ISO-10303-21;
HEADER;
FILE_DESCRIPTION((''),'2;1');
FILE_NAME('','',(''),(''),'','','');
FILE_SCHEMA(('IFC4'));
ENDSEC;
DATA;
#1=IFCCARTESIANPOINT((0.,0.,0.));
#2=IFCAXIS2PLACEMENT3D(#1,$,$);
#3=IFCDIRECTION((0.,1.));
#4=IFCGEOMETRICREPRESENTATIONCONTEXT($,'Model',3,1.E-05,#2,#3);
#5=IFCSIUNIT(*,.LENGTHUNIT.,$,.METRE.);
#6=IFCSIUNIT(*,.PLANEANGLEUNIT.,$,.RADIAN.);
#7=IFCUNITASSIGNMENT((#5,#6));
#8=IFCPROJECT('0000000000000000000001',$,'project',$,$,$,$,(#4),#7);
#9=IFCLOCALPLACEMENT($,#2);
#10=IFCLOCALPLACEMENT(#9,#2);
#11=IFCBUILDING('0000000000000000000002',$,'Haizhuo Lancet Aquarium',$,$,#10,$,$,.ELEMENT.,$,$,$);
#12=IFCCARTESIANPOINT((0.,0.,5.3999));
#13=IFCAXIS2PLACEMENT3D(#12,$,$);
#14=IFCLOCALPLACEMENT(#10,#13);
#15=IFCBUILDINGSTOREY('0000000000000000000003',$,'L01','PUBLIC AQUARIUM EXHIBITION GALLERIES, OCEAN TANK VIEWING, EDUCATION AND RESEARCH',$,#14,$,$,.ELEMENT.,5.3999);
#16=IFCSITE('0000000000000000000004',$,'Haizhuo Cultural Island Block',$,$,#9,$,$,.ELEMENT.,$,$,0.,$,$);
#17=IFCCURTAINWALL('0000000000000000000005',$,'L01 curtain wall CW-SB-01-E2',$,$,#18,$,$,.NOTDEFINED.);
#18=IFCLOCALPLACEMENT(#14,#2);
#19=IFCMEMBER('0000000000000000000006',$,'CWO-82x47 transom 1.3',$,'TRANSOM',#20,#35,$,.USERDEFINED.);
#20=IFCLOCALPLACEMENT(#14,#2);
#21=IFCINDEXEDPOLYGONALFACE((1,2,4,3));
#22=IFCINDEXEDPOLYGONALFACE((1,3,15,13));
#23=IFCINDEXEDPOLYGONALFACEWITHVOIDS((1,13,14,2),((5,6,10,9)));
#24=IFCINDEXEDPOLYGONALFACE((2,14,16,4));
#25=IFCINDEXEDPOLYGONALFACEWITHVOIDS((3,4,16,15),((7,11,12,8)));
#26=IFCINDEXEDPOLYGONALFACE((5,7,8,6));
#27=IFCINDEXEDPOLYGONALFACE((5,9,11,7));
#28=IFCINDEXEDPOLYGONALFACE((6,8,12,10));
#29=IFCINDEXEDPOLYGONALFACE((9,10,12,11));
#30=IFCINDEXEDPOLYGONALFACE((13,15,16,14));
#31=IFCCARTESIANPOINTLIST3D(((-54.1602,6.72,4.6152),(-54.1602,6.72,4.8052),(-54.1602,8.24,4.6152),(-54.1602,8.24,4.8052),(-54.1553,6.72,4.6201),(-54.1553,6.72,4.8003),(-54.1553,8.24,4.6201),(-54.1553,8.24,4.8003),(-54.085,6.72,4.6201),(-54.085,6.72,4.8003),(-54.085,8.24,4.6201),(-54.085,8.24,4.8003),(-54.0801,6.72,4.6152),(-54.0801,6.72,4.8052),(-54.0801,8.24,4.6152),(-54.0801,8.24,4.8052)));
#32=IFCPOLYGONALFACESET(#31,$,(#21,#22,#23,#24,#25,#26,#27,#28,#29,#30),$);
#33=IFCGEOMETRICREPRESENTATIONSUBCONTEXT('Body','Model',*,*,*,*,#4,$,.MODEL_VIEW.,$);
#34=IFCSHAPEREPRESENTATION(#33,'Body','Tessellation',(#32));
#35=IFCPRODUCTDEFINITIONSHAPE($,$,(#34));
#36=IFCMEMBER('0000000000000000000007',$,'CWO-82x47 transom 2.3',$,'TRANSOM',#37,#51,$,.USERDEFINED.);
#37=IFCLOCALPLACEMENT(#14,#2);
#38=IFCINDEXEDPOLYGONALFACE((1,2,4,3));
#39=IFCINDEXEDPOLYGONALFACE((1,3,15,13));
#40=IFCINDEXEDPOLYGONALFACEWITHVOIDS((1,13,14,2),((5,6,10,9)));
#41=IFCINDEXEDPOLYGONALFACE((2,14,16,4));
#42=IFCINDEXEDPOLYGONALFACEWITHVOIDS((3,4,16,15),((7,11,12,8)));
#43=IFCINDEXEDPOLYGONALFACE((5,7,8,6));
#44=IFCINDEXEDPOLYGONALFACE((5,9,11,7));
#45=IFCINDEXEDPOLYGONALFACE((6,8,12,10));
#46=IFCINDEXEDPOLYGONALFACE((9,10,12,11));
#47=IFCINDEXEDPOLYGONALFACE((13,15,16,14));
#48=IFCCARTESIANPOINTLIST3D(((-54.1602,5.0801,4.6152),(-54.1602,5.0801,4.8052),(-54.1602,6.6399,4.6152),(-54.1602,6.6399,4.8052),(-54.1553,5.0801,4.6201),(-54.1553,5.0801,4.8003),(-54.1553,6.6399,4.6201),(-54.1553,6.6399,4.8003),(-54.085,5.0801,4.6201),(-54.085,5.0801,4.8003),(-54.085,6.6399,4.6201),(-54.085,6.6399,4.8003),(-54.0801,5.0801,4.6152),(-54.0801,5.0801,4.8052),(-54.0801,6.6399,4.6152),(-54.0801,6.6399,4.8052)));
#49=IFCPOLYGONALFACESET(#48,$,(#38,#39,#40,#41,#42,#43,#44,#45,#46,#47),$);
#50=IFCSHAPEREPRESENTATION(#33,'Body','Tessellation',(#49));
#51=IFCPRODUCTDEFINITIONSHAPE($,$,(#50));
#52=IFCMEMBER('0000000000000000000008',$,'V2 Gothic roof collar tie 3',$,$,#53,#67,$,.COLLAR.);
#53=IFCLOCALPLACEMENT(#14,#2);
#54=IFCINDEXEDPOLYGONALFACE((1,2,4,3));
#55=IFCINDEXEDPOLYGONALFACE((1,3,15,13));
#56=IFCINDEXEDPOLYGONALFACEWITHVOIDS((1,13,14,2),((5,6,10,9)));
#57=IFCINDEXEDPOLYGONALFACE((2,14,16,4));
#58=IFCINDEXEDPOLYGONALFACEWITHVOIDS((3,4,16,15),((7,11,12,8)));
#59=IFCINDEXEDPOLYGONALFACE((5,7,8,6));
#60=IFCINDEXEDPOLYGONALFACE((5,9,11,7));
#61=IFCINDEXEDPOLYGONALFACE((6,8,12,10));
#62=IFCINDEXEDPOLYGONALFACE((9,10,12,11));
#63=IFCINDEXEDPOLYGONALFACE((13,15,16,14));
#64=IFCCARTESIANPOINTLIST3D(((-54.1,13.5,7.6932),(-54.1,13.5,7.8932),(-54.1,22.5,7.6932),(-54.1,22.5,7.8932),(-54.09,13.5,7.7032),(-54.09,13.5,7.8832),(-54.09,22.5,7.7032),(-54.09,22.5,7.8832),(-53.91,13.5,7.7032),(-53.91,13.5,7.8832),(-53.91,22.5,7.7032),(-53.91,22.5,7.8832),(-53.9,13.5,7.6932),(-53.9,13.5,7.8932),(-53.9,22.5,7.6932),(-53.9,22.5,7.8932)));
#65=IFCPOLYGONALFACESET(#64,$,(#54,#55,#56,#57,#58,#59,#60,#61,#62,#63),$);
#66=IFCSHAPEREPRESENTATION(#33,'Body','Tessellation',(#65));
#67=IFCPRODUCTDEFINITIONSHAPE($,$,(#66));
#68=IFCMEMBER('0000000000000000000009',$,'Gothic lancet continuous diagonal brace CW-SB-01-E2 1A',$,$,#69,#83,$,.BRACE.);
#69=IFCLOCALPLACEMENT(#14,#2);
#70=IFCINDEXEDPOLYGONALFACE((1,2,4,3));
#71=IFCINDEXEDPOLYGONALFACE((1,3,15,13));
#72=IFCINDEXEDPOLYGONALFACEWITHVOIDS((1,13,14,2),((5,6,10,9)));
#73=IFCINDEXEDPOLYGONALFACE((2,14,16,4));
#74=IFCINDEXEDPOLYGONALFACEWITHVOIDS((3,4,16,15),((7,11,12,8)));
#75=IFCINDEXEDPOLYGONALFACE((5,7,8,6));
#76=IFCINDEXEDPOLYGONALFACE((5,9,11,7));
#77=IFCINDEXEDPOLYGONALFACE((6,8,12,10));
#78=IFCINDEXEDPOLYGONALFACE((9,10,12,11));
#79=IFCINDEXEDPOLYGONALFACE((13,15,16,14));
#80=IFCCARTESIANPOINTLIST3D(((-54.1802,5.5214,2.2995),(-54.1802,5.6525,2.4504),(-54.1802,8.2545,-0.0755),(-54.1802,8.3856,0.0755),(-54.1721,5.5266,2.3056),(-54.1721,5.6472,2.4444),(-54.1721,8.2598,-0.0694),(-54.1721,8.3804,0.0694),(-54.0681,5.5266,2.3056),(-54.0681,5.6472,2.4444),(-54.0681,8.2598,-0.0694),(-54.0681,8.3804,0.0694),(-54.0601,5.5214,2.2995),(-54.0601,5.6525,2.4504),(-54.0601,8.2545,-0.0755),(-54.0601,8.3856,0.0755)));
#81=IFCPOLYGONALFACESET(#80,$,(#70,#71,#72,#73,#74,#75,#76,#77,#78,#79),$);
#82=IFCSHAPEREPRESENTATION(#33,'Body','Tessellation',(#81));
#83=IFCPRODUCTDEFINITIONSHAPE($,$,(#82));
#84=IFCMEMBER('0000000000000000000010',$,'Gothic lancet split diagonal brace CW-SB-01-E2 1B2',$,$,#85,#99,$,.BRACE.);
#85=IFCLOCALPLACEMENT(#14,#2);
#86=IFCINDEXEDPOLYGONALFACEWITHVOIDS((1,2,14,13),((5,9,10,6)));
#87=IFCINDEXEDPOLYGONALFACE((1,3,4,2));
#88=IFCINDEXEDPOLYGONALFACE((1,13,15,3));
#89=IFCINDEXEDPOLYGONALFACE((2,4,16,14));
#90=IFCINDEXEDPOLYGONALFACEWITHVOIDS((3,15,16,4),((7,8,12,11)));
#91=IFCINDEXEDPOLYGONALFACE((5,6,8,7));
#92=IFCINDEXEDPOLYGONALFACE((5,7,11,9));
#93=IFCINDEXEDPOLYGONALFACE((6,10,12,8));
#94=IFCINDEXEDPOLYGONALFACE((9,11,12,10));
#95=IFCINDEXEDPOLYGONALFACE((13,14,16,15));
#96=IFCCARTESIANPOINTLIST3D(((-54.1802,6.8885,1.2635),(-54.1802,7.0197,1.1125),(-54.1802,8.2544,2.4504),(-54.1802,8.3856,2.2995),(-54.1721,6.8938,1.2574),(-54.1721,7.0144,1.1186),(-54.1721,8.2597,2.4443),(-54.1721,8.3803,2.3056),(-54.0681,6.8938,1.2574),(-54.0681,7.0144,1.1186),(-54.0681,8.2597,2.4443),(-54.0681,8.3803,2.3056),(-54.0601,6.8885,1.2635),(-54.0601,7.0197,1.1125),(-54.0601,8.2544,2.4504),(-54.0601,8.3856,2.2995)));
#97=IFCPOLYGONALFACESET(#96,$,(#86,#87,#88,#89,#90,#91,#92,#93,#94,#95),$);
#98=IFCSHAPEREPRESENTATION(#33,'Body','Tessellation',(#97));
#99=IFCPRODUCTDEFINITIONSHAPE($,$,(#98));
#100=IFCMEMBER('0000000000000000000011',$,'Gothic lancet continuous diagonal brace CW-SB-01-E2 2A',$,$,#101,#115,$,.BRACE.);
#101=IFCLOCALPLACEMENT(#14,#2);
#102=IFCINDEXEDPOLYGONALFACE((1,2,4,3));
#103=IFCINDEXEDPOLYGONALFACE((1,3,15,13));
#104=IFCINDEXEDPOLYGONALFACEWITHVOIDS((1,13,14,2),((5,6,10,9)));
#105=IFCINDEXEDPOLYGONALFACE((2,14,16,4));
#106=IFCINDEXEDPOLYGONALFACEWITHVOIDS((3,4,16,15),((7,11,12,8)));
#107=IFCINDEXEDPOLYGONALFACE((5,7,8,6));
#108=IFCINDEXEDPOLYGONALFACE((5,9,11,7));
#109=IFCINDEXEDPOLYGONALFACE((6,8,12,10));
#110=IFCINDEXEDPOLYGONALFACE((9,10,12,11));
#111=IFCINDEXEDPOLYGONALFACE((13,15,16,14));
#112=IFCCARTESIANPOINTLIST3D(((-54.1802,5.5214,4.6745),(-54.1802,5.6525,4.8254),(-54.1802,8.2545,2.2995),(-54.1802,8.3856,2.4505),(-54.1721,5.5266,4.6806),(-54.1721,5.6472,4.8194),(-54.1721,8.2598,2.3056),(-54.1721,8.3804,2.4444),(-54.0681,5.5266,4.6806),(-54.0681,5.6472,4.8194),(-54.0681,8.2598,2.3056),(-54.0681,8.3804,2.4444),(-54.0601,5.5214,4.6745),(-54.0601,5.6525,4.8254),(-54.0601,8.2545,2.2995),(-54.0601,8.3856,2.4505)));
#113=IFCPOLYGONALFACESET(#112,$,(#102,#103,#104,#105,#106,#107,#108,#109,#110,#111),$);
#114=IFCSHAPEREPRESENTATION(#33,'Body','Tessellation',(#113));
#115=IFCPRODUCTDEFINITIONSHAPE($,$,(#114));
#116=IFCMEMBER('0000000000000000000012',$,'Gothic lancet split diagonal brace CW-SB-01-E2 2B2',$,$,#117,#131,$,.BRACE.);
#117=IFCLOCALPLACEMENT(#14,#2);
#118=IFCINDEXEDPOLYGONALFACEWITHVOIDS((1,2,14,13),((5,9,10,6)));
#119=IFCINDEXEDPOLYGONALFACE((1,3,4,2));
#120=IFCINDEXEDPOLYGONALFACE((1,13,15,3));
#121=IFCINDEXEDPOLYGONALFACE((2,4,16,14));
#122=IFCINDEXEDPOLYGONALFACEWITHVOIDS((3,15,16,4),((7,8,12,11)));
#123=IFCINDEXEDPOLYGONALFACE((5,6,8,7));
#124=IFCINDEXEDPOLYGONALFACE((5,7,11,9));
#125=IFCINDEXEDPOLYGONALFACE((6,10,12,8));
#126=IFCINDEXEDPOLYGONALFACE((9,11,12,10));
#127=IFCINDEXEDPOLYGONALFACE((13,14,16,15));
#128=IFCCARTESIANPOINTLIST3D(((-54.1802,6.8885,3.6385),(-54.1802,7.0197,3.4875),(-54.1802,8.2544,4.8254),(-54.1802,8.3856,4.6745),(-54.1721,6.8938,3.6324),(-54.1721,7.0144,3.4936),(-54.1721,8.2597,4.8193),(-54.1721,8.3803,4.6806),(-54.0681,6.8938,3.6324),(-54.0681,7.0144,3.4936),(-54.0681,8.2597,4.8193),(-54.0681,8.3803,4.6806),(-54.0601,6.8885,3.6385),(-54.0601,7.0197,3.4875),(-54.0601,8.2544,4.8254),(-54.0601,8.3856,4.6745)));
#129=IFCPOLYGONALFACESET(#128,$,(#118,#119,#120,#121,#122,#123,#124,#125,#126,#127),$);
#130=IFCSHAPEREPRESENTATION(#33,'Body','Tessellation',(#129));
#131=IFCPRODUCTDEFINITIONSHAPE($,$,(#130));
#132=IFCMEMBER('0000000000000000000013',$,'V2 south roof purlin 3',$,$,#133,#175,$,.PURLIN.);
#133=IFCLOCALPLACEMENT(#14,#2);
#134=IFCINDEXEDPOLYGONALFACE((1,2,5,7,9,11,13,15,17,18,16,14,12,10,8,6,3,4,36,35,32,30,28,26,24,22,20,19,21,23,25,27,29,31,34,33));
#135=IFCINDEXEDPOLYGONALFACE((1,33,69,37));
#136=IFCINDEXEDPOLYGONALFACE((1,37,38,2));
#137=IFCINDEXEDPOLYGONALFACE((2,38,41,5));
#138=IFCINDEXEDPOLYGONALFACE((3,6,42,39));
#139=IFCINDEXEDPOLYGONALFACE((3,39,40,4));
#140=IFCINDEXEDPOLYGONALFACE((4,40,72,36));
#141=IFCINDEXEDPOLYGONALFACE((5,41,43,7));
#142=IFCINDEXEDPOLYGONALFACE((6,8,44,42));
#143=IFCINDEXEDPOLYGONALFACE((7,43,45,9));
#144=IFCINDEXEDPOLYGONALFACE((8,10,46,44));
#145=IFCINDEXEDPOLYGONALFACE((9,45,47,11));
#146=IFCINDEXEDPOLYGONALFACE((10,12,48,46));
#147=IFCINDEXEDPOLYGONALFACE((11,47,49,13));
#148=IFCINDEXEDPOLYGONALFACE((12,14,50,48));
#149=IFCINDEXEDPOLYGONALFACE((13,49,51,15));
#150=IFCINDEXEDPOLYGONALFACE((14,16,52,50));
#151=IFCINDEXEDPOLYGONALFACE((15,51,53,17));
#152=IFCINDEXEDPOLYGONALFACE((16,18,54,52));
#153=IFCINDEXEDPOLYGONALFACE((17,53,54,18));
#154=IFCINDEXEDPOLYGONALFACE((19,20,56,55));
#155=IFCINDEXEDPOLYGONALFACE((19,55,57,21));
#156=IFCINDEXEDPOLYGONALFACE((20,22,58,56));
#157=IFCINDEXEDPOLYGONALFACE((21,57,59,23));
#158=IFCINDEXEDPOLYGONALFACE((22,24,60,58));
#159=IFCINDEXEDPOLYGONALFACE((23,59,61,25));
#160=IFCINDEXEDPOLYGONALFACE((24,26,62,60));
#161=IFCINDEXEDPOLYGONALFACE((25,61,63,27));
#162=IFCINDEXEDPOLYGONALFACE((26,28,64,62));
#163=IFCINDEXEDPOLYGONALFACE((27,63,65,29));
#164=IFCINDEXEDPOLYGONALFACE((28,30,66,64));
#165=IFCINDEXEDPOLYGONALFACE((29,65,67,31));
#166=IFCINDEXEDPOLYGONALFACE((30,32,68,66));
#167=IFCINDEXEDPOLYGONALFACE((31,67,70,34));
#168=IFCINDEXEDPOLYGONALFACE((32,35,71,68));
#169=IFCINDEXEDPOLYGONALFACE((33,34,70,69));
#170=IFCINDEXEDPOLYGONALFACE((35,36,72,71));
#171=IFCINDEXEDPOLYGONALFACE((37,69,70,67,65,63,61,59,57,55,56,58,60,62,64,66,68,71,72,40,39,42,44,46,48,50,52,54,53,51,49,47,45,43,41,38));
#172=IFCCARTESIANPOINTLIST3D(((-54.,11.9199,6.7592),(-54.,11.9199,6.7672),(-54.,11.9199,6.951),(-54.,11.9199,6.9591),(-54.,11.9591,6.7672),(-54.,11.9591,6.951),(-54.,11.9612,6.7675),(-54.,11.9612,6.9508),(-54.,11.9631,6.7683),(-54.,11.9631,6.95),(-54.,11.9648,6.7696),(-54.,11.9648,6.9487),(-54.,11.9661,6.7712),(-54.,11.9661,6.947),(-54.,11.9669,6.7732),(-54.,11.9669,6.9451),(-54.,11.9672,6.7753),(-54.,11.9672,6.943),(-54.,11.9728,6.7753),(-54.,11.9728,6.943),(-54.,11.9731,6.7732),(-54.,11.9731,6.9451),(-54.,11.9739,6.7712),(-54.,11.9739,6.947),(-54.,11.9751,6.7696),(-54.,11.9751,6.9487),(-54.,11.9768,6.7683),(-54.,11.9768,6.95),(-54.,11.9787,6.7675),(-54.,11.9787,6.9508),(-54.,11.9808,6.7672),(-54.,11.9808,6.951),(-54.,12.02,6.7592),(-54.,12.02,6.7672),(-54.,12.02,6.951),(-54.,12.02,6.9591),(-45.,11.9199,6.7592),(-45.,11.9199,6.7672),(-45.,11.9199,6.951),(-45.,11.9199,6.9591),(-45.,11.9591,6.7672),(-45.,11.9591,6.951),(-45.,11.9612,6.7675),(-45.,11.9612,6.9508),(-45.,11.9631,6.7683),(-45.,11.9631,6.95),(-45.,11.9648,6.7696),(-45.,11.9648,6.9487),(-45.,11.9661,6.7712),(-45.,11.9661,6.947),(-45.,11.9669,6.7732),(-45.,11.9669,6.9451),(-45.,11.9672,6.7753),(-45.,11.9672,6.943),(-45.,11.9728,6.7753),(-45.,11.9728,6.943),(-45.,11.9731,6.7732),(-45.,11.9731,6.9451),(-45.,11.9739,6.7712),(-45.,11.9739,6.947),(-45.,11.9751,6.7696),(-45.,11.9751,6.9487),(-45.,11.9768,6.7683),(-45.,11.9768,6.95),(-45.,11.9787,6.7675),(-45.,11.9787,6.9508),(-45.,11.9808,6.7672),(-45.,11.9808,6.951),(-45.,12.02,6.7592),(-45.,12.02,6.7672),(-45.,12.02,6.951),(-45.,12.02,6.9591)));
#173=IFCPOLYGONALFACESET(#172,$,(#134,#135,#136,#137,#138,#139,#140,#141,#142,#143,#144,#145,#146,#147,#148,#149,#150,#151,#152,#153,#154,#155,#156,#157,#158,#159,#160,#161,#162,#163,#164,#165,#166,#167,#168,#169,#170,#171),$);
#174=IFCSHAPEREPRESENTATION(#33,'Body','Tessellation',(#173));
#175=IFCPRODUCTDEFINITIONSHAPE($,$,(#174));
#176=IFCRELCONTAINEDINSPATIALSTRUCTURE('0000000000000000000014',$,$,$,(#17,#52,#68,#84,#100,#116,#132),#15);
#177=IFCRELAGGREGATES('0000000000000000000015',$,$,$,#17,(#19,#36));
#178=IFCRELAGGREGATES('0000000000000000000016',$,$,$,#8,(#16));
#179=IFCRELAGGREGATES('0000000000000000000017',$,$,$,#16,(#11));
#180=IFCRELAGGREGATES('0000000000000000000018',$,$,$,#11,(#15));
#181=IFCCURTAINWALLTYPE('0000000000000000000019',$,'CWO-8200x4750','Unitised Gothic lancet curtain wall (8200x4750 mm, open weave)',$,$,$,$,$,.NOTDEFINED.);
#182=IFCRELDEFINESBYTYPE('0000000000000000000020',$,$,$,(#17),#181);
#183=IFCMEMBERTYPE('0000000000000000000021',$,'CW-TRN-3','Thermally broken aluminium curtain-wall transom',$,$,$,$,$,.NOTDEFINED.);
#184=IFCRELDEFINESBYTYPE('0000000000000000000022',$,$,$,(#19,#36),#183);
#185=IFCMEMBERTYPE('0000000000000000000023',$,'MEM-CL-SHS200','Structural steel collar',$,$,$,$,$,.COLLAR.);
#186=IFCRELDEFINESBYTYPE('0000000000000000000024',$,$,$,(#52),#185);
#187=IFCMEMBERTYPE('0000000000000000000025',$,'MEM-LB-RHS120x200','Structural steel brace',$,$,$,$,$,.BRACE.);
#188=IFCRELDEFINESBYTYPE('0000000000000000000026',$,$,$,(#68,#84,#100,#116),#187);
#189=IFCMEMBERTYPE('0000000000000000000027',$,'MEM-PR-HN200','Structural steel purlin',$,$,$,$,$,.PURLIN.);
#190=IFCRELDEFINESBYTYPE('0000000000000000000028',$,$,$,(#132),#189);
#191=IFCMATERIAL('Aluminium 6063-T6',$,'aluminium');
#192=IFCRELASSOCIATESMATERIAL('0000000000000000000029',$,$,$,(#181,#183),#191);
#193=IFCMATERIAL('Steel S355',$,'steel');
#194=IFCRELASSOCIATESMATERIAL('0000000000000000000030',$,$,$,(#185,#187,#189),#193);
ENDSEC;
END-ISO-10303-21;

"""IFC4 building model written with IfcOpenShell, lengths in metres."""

from ifc_helpers import new_model, si_unit, direction, frame, origin, origin_2d, place, context, subcontext, project, spatial, hollow_rectangle, i_section, extrude, material, material_profile, profile_set, type_object, element, aggregate, save


model = new_model("IFC4")

# Units and contexts
model_context = context("Model", 3, precision=1e-05, world=origin(), true_north=direction((0.0, 1.0)))
body_context = subcontext(model_context, "Body", "Model", "MODEL_VIEW")
ifc_project = project(units=[si_unit("LENGTHUNIT", "METRE"), si_unit("PLANEANGLEUNIT", "RADIAN")], contexts=[model_context])

# Site, building, storey
site_placement = place(None, origin())
site = spatial("IfcSite", under=ifc_project, at=site_placement, Name="Haizhuo Cultural Island Block", CompositionType="ELEMENT", RefElevation=0.0)
building_placement = place(site_placement, origin())
building = spatial("IfcBuilding", under=site, at=building_placement, Name="Haizhuo Lancet Aquarium", CompositionType="ELEMENT")
storey_placement = place(building_placement, frame((0.0, 0.0, 5.3999)))
storey = spatial("IfcBuildingStorey", under=building, at=storey_placement, Name="L01", Description="PUBLIC AQUARIUM EXHIBITION GALLERIES, OCEAN TANK VIEWING, EDUCATION AND RESEARCH", CompositionType="ELEMENT", Elevation=5.3999)

# Shared definitions
ifc_material_1 = material(Name="Steel S355", Category="steel")

# Curtain wall, members
ifc_material_2 = material(Name="Aluminium 6063-T6", Category="aluminium")
curtain_wall_type = type_object("IfcCurtainWallType", Name="CWO-8200x4750", Description="Unitised Gothic lancet curtain wall (8200x4750 mm, open weave)", PredefinedType="NOTDEFINED", material=ifc_material_2)
curtain_wall_placement = place(storey_placement, origin())
curtain_wall = element("IfcCurtainWall", 1, at=curtain_wall_placement, inside=storey, type_object=curtain_wall_type, Name="L01 curtain wall CW-SB-01-E2", PredefinedType="NOTDEFINED")
ifc_material_profile_1 = material_profile(ifc_material_2, hollow_rectangle(XDim=0.0801, YDim=0.1899, WallThickness=0.0049, at=origin_2d()), Name="ALU-T 80x190x5")
ifc_profile_set_1 = profile_set([ifc_material_profile_1], Name="Aluminium 6063-T6")
member_type_1 = type_object("IfcMemberType", Name="CW-TRN-3", Description="Thermally broken aluminium curtain-wall transom", PredefinedType="NOTDEFINED", material=ifc_profile_set_1)
member_1_placement = place(storey_placement, frame((-54.1201, 8.24, 4.7102), z_axis=(0.0, -1.0, 0.0), x_axis=(1.0, 0.0, 0.0)))
member_1 = element("IfcMember", 2, at=member_1_placement, type_object=member_type_1, Name="CWO-82x47 transom 1.3", ObjectType="TRANSOM", PredefinedType="USERDEFINED", context=body_context, shape_type="SweptSolid", body=[
    extrude(hollow_rectangle(XDim=0.0801, YDim=0.1899, WallThickness=0.0049, at=origin_2d()), origin(), (0.0, 0.0, 1.0), 1.52),
])
member_2_placement = place(storey_placement, frame((-54.1201, 6.6399, 4.7102), z_axis=(0.0, -1.0, 0.0), x_axis=(1.0, 0.0, 0.0)))
member_2 = element("IfcMember", 3, at=member_2_placement, type_object=member_type_1, Name="CWO-82x47 transom 2.3", ObjectType="TRANSOM", PredefinedType="USERDEFINED", context=body_context, shape_type="SweptSolid", body=[
    extrude(hollow_rectangle(XDim=0.0801, YDim=0.1899, WallThickness=0.0049, at=origin_2d()), origin(), (0.0, 0.0, 1.0), 1.5598),
])

# Members
ifc_material_profile_2 = material_profile(ifc_material_1, hollow_rectangle(XDim=0.2, YDim=0.2, WallThickness=0.01, at=origin_2d()), Name="SHS 200x200x10")
ifc_profile_set_2 = profile_set([ifc_material_profile_2], Name="Steel S355")
member_type_2 = type_object("IfcMemberType", Name="MEM-CL-SHS200", Description="Structural steel collar", PredefinedType="COLLAR", material=ifc_profile_set_2)
member_3_placement = place(storey_placement, frame((-54.0, 13.5, 7.7932), z_axis=(0.0, 1.0, 0.0), x_axis=(-1.0, 0.0, 0.0)))
element("IfcMember", 4, at=member_3_placement, inside=storey, type_object=member_type_2, Name="V2 Gothic roof collar tie 3", PredefinedType="COLLAR", context=body_context, shape_type="SweptSolid", body=[
    extrude(hollow_rectangle(XDim=0.2, YDim=0.2, WallThickness=0.01, at=origin_2d()), origin(), (0.0, 0.0, 1.0), 9.0),
])
ifc_material_profile_3 = material_profile(ifc_material_1, hollow_rectangle(XDim=0.1201, YDim=0.2, WallThickness=0.0081, at=origin_2d()), Name="RHS 120x200x8")
ifc_profile_set_3 = profile_set([ifc_material_profile_3], Name="Steel S355")
member_type_3 = type_object("IfcMemberType", Name="MEM-LB-RHS120x200", Description="Structural steel brace", PredefinedType="BRACE", material=ifc_profile_set_3)
member_4_placement = place(storey_placement, frame((-54.1201, 8.3201, 0.0), z_axis=(0.0, -0.754832, 0.655918), x_axis=(1.0, 0.0, 0.0)))
element("IfcMember", 5, at=member_4_placement, inside=storey, type_object=member_type_3, Name="Gothic lancet continuous diagonal brace CW-SB-01-E2 1A", PredefinedType="BRACE", context=body_context, shape_type="SweptSolid", body=[
    extrude(hollow_rectangle(XDim=0.1201, YDim=0.2, WallThickness=0.0081, at=origin_2d()), origin(), (0.0, 0.0, 1.0), 3.6208),
])
member_5_placement = place(storey_placement, frame((-54.1201, 6.9541, 1.188), z_axis=(0.0, 0.75482, 0.655932), x_axis=(-1.0, 0.0, 0.0)))
element("IfcMember", 6, at=member_5_placement, inside=storey, type_object=member_type_3, Name="Gothic lancet split diagonal brace CW-SB-01-E2 1B2", PredefinedType="BRACE", context=body_context, shape_type="SweptSolid", body=[
    extrude(hollow_rectangle(XDim=0.1201, YDim=0.2, WallThickness=0.0081, at=origin_2d()), origin(), (0.0, 0.0, 1.0), 1.8096),
])
member_6_placement = place(storey_placement, frame((-54.1201, 8.3201, 2.375), z_axis=(0.0, -0.754832, 0.655918), x_axis=(1.0, 0.0, 0.0)))
element("IfcMember", 7, at=member_6_placement, inside=storey, type_object=member_type_3, Name="Gothic lancet continuous diagonal brace CW-SB-01-E2 2A", PredefinedType="BRACE", context=body_context, shape_type="SweptSolid", body=[
    extrude(hollow_rectangle(XDim=0.1201, YDim=0.2, WallThickness=0.0081, at=origin_2d()), origin(), (0.0, 0.0, 1.0), 3.6208),
])
member_7_placement = place(storey_placement, frame((-54.1201, 6.9541, 3.563), z_axis=(0.0, 0.75482, 0.655932), x_axis=(-1.0, 0.0, 0.0)))
element("IfcMember", 8, at=member_7_placement, inside=storey, type_object=member_type_3, Name="Gothic lancet split diagonal brace CW-SB-01-E2 2B2", PredefinedType="BRACE", context=body_context, shape_type="SweptSolid", body=[
    extrude(hollow_rectangle(XDim=0.1201, YDim=0.2, WallThickness=0.0081, at=origin_2d()), origin(), (0.0, 0.0, 1.0), 1.8096),
])
ifc_material_profile_4 = material_profile(ifc_material_1, i_section(OverallWidth=0.1001, OverallDepth=0.2, WebThickness=0.0056, FlangeThickness=0.0081, FilletRadius=0.0081, at=origin_2d()), Name="HN 200x100x5.5x8")
ifc_profile_set_4 = profile_set([ifc_material_profile_4], Name="Steel S355")
member_type_4 = type_object("IfcMemberType", Name="MEM-PR-HN200", Description="Structural steel purlin", PredefinedType="PURLIN", material=ifc_profile_set_4)
member_8_placement = place(storey_placement, frame((-54.0, 11.97, 6.8591), z_axis=(1.0, 0.0, 0.0), x_axis=(0.0, 1.0, 0.0)))
element("IfcMember", 9, at=member_8_placement, inside=storey, type_object=member_type_4, Name="V2 south roof purlin 3", PredefinedType="PURLIN", context=body_context, shape_type="SweptSolid", body=[
    extrude(i_section(OverallWidth=0.1001, OverallDepth=0.2, WebThickness=0.0056, FlangeThickness=0.0081, FilletRadius=0.0081, at=origin_2d()), origin(), (0.0, 0.0, 1.0), 9.0),
])

aggregate(curtain_wall, [member_1, member_2])

save(model, "model.ifc")
